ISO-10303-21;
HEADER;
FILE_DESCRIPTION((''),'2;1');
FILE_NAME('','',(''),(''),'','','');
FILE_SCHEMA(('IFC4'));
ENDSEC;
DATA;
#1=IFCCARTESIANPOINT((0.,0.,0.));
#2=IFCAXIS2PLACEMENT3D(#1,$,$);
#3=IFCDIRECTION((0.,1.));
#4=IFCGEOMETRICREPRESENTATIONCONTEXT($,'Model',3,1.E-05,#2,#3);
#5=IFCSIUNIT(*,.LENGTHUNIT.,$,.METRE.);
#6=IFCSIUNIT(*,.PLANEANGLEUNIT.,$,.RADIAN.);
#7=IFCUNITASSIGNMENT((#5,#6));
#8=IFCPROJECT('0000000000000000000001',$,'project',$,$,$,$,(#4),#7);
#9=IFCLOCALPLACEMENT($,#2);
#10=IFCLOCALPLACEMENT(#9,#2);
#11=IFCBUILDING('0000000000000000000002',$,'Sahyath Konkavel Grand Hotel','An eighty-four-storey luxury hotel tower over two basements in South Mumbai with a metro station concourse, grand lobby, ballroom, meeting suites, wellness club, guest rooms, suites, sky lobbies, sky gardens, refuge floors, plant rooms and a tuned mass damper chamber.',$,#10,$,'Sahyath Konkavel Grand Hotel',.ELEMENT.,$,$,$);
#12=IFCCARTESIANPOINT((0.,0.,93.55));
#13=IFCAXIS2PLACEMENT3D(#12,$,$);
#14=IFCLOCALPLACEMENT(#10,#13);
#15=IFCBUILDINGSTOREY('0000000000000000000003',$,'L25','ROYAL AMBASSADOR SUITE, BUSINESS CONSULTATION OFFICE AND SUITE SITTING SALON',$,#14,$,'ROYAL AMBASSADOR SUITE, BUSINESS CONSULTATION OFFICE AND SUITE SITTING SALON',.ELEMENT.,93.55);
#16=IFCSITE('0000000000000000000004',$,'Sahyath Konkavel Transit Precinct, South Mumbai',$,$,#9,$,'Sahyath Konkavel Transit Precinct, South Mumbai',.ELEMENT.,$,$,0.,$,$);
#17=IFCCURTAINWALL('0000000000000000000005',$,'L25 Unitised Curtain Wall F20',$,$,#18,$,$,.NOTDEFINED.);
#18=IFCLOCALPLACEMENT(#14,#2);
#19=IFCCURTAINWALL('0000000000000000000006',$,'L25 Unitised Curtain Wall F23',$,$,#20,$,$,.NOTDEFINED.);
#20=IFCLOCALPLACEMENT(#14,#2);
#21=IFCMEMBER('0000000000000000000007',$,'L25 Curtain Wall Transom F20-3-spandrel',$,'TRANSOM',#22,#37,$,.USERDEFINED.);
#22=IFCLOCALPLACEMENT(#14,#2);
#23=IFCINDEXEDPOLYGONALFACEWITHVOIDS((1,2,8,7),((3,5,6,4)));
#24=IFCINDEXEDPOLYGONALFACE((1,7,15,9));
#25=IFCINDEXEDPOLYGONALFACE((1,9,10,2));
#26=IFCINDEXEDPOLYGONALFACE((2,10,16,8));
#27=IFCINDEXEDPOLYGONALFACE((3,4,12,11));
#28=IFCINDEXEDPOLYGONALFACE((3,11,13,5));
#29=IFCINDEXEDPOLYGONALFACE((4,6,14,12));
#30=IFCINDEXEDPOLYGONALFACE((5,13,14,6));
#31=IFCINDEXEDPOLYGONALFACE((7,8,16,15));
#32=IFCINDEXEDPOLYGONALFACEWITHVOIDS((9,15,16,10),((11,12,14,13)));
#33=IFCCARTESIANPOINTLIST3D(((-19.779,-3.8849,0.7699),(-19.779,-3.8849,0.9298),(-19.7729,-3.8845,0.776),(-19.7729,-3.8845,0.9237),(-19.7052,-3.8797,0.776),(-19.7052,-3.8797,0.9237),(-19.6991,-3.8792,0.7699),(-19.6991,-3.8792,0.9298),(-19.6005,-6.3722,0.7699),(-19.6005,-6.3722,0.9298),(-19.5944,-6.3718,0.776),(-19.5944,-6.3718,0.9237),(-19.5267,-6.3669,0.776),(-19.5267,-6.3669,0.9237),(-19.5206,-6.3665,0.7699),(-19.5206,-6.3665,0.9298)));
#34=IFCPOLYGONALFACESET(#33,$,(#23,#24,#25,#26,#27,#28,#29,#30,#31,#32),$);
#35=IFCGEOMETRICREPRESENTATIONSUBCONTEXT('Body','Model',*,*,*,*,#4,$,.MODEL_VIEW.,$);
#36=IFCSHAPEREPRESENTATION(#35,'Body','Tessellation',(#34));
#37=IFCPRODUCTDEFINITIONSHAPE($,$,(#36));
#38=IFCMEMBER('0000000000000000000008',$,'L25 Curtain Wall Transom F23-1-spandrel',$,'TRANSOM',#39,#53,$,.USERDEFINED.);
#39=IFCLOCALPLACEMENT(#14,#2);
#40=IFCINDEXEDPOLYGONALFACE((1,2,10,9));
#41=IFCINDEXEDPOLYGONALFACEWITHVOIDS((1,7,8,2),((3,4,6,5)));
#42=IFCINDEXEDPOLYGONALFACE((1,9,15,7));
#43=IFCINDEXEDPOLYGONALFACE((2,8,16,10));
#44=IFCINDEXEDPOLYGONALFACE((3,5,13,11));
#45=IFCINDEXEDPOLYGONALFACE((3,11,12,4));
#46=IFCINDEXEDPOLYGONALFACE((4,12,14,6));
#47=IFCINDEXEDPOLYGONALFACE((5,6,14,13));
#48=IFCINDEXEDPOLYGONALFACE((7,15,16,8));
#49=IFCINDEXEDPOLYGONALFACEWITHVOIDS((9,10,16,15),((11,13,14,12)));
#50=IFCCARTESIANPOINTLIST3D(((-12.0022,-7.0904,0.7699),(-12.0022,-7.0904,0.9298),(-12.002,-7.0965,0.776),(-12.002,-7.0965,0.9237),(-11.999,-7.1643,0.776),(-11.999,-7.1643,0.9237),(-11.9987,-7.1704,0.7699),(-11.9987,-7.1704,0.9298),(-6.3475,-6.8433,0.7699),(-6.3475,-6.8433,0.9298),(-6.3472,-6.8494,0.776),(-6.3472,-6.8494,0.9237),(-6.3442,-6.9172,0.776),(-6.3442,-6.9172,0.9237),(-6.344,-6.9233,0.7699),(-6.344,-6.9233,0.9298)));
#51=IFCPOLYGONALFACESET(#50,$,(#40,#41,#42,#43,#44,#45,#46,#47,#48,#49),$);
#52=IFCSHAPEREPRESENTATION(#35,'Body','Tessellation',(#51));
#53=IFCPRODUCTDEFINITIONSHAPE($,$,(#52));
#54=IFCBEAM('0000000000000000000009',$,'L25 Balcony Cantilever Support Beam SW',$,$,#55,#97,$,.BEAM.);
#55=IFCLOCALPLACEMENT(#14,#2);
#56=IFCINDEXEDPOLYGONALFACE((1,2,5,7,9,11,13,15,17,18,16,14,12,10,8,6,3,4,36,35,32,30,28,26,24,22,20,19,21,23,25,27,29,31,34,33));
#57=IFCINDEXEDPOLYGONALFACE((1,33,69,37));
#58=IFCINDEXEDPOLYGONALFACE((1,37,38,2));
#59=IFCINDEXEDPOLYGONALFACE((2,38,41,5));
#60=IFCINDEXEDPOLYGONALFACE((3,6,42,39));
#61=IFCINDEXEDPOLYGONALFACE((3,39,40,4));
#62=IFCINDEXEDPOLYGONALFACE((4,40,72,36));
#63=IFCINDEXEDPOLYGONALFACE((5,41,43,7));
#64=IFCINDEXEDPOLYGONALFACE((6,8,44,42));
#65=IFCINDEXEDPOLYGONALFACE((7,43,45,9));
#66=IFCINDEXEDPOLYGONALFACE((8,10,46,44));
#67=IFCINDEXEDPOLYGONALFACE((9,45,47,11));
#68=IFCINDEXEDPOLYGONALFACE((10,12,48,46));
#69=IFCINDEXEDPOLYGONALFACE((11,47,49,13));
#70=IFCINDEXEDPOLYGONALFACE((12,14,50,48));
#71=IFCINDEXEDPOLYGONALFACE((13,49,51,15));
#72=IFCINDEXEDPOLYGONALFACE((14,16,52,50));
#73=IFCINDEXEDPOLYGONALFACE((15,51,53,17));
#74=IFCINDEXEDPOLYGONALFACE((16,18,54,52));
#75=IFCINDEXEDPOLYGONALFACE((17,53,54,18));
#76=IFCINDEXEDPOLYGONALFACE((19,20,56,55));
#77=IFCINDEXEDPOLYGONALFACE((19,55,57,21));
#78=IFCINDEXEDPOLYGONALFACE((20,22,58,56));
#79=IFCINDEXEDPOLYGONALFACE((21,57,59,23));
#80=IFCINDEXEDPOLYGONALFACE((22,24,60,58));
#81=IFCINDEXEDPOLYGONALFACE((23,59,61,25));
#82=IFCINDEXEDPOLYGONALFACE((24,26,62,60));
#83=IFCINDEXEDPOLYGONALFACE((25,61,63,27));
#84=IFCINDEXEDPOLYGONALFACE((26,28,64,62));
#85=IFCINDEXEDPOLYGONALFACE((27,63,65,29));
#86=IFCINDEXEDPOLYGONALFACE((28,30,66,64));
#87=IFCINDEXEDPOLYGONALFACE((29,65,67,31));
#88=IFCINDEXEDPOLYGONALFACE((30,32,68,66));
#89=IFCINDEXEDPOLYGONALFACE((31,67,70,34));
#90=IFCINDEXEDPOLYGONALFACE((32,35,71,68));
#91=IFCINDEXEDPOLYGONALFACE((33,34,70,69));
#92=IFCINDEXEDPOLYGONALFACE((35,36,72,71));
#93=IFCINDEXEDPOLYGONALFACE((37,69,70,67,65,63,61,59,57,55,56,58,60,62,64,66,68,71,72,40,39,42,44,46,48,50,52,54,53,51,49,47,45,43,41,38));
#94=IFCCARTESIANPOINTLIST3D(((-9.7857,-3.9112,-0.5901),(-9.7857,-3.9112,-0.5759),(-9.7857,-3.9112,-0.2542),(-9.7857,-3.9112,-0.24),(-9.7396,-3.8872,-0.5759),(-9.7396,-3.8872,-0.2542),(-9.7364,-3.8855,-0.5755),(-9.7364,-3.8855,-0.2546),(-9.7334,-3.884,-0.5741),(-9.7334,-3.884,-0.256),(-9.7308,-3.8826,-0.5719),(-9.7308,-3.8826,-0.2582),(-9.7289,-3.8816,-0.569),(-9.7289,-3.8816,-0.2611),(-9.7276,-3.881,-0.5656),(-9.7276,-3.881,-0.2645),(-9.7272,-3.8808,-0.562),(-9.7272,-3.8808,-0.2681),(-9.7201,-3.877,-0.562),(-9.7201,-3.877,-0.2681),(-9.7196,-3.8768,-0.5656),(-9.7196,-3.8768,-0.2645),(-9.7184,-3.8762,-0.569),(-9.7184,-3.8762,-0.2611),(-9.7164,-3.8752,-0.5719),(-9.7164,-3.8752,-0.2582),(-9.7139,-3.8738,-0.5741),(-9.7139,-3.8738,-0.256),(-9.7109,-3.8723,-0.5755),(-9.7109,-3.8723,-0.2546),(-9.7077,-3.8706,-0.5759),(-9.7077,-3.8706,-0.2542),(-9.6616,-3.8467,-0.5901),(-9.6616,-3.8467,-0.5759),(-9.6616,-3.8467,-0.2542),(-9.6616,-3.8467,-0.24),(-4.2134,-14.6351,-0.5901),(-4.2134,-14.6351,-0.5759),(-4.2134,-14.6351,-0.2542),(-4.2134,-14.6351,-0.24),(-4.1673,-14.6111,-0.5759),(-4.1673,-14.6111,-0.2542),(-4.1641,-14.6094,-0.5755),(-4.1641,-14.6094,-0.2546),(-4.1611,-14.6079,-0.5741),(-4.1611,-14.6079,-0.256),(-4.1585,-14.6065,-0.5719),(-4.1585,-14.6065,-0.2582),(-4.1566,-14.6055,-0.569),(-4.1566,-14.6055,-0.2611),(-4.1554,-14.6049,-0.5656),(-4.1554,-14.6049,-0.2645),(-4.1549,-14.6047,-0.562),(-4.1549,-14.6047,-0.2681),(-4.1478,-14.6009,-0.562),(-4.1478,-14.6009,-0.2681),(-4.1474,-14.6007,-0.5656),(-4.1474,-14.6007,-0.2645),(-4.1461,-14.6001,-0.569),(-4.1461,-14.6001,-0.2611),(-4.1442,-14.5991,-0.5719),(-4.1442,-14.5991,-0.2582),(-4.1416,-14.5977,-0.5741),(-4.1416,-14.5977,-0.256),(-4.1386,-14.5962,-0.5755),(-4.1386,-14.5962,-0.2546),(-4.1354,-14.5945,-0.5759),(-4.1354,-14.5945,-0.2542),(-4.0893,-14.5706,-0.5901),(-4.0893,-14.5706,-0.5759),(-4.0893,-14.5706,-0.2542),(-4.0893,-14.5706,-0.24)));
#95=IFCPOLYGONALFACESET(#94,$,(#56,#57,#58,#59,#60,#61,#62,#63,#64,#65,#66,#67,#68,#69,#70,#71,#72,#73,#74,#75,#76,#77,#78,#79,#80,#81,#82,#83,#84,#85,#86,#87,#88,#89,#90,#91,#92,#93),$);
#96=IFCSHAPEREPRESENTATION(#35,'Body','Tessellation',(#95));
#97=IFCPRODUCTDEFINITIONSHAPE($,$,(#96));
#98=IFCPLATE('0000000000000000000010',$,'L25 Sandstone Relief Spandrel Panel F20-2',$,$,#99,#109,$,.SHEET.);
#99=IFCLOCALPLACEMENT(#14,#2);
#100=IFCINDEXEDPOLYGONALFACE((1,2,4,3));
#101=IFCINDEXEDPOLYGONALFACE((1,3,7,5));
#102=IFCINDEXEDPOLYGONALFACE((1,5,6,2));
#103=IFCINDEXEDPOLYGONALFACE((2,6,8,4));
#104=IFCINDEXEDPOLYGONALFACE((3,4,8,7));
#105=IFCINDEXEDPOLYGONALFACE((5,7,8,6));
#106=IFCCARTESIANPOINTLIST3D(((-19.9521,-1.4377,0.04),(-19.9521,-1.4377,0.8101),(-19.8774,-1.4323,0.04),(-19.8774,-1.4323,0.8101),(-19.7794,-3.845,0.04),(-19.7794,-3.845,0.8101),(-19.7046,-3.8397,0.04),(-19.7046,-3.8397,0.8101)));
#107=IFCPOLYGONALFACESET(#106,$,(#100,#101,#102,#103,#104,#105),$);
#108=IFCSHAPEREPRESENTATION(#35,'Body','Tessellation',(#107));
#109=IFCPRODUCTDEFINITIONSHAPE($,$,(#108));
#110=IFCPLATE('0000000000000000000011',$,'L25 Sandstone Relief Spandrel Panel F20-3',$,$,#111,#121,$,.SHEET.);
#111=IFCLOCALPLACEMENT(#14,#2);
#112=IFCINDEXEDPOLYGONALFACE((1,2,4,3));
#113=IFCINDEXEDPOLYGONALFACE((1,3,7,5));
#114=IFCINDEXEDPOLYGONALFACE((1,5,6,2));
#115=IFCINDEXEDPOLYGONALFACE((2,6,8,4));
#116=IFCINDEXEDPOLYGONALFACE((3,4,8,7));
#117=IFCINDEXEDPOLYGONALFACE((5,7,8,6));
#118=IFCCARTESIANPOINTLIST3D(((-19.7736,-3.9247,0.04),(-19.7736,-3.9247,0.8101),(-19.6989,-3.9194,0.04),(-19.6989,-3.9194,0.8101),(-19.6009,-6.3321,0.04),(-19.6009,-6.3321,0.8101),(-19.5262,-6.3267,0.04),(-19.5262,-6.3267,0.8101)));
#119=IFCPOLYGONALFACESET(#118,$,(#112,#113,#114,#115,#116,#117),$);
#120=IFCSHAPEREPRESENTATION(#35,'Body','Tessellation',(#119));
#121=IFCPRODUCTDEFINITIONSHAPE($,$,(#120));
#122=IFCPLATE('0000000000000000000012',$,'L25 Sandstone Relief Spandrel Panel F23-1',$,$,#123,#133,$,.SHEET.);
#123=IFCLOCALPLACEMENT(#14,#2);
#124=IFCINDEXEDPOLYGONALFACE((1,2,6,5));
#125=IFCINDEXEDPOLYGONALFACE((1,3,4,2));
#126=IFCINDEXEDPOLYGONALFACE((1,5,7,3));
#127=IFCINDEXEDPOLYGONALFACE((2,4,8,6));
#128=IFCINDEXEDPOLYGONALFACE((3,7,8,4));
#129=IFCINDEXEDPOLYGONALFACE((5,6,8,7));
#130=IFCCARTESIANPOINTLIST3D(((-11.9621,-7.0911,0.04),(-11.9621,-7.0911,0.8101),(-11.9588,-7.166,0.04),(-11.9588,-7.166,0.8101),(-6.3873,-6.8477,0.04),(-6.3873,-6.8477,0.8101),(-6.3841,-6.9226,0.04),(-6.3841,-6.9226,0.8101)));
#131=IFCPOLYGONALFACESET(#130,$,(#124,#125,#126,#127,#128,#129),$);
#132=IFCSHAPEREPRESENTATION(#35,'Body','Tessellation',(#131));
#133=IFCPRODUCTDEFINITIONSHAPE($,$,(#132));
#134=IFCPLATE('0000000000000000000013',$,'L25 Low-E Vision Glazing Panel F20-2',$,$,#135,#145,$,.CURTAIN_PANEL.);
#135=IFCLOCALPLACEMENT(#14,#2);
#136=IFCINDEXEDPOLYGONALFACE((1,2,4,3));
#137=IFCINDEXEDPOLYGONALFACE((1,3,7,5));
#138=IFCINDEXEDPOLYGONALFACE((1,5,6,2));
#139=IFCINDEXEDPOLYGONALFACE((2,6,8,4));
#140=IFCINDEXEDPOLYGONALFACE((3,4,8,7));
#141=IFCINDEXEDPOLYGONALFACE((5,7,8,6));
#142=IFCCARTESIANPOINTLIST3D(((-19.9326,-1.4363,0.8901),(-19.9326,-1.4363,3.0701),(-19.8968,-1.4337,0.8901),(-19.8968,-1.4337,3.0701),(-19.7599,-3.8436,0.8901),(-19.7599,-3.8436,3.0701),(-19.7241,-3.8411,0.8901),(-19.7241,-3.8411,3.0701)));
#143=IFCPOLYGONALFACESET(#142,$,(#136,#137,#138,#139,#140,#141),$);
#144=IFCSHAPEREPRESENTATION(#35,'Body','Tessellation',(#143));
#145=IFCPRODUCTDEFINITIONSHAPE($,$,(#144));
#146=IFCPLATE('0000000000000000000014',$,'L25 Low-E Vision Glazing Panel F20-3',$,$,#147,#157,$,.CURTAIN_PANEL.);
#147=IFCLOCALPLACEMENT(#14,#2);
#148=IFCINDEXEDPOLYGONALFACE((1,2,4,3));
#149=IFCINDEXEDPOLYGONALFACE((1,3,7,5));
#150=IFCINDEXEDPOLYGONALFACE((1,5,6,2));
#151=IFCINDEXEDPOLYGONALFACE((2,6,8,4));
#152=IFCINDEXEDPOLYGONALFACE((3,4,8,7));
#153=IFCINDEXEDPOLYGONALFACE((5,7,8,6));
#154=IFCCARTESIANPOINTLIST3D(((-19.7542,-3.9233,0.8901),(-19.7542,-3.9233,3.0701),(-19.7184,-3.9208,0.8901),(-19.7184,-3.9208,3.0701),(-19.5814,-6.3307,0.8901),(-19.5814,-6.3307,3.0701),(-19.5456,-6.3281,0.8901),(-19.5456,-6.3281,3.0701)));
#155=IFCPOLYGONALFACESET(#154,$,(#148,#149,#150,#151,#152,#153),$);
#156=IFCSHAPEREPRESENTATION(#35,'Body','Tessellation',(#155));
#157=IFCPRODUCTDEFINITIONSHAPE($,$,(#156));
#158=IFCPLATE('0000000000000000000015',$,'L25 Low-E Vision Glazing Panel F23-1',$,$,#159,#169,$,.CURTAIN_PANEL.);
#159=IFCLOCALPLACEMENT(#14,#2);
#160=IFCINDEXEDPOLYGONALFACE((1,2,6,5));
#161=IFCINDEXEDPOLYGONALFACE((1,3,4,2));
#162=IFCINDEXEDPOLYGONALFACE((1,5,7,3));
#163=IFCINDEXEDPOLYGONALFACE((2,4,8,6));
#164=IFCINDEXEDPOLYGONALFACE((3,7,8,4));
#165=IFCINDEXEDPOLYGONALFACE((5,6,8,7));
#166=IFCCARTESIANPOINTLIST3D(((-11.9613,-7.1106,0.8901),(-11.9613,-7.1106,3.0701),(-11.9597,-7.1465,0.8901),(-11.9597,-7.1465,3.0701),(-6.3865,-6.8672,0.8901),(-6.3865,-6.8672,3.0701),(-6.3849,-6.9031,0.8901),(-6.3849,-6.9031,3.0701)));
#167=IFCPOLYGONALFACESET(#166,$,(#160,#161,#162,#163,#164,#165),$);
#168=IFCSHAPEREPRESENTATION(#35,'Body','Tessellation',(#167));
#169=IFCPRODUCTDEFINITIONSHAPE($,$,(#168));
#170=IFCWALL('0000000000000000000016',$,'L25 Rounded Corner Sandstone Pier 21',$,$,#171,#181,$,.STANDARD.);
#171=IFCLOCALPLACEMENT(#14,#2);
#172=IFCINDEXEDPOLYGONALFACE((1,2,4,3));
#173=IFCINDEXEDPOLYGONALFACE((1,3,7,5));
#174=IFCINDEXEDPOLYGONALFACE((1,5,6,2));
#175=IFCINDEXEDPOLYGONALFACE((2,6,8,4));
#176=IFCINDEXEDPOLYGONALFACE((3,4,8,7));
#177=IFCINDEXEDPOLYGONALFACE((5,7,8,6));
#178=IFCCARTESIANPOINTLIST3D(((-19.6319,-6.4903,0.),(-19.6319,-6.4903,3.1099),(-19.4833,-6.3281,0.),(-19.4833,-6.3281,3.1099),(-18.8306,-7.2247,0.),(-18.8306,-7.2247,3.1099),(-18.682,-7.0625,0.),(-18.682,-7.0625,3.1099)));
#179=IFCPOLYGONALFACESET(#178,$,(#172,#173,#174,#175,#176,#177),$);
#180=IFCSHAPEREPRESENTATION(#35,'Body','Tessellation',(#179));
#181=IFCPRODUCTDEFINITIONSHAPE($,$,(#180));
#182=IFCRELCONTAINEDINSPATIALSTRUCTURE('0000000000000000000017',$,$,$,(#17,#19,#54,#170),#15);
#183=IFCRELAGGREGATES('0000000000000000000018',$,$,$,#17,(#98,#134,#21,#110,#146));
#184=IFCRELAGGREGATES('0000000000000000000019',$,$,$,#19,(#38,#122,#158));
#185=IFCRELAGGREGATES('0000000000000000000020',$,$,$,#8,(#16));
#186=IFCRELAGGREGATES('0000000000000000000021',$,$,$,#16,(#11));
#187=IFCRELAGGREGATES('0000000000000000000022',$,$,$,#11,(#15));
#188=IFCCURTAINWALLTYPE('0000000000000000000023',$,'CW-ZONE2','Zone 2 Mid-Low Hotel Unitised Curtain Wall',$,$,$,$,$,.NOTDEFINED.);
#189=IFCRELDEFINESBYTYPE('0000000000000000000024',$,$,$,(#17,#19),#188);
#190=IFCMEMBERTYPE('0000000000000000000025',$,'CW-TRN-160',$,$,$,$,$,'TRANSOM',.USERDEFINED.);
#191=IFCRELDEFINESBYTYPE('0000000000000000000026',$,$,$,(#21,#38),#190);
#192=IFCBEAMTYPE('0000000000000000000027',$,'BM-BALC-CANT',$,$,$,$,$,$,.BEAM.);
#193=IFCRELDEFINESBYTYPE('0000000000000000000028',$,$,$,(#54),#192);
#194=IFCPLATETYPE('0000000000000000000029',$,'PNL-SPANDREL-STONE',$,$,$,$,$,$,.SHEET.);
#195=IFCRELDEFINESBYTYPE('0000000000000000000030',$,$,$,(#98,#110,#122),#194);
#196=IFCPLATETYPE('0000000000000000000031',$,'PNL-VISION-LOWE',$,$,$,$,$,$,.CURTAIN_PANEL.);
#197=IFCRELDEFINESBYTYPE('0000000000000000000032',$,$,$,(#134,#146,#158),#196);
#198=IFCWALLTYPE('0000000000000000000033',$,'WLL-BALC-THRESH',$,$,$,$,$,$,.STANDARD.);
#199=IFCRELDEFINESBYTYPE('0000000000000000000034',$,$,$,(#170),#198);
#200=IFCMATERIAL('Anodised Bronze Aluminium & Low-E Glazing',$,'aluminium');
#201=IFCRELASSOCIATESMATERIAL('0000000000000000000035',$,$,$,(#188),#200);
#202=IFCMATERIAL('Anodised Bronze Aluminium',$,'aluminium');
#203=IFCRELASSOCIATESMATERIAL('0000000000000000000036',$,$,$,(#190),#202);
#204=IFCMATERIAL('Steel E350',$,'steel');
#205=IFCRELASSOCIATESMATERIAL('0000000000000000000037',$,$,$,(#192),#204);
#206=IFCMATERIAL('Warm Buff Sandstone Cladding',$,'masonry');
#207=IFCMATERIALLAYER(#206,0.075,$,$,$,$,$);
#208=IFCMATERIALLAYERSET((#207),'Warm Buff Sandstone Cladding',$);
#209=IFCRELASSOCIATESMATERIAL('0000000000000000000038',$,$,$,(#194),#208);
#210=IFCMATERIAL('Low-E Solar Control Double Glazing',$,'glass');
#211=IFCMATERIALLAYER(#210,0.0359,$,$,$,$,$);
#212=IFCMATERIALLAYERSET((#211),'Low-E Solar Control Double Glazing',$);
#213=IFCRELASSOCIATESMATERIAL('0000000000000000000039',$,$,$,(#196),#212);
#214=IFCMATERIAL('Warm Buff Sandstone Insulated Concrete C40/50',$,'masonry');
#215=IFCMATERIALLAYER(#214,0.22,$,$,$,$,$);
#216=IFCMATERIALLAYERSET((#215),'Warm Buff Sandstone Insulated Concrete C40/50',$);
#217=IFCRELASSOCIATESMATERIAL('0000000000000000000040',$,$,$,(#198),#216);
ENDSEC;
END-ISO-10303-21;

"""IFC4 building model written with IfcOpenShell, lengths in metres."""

from ifc_helpers import new_model, si_unit, direction, frame, frame_2d, origin, origin_2d, place, context, subcontext, project, spatial, rectangle, hollow_rectangle, i_section, extrude, source, transform, mapped, material, layer, layer_set, material_profile, profile_set, type_object, element, aggregate, save


model = new_model("IFC4")

# Units and contexts
model_context = context("Model", 3, precision=1e-05, world=origin(), true_north=direction((0.0, 1.0)))
body_context = subcontext(model_context, "Body", "Model", "MODEL_VIEW")
ifc_project = project(units=[si_unit("LENGTHUNIT", "METRE"), si_unit("PLANEANGLEUNIT", "RADIAN")], contexts=[model_context])

# Site, building, storey
site_placement = place(None, origin())
site = spatial("IfcSite", under=ifc_project, at=site_placement, Name="Sahyath Konkavel Transit Precinct, South Mumbai", LongName="Sahyath Konkavel Transit Precinct, South Mumbai", CompositionType="ELEMENT", RefElevation=0.0)
building_placement = place(site_placement, origin())
building = spatial("IfcBuilding", under=site, at=building_placement, Name="Sahyath Konkavel Grand Hotel", Description="An eighty-four-storey luxury hotel tower over two basements in South Mumbai with a metro station concourse, grand lobby, ballroom, meeting suites, wellness club, guest rooms, suites, sky lobbies, sky gardens, refuge floors, plant rooms and a tuned mass damper chamber.", LongName="Sahyath Konkavel Grand Hotel", CompositionType="ELEMENT")
storey_placement = place(building_placement, frame((0.0, 0.0, 93.55)))
storey = spatial("IfcBuildingStorey", under=building, at=storey_placement, Name="L25", Description="ROYAL AMBASSADOR SUITE, BUSINESS CONSULTATION OFFICE AND SUITE SITTING SALON", LongName="ROYAL AMBASSADOR SUITE, BUSINESS CONSULTATION OFFICE AND SUITE SITTING SALON", CompositionType="ELEMENT", Elevation=93.55)

# Shared definitions
ifc_material_1 = material(Name="Steel E350", Category="steel")

# Curtain wall
ifc_material_2 = material(Name="Anodised Bronze Aluminium & Low-E Glazing", Category="aluminium")
curtain_wall_type = type_object("IfcCurtainWallType", Name="CW-ZONE2", Description="Zone 2 Mid-Low Hotel Unitised Curtain Wall", PredefinedType="NOTDEFINED", material=ifc_material_2)
curtain_wall_1_placement = place(storey_placement, origin())
curtain_wall_1 = element("IfcCurtainWall", 1, at=curtain_wall_1_placement, inside=storey, type_object=curtain_wall_type, Name="L25 Unitised Curtain Wall F20", PredefinedType="NOTDEFINED")
ifc_material_3 = material(Name="Anodised Bronze Aluminium", Category="aluminium")

# Curtain wall
curtain_wall_2_placement = place(storey_placement, origin())
curtain_wall_2 = element("IfcCurtainWall", 2, at=curtain_wall_2_placement, inside=storey, type_object=curtain_wall_type, Name="L25 Unitised Curtain Wall F23", PredefinedType="NOTDEFINED")

# Members
ifc_material_profile_1 = material_profile(ifc_material_3, hollow_rectangle(XDim=0.0801, YDim=0.1599, WallThickness=0.0061, at=origin_2d()), Name="RHS 160x80x6")
ifc_profile_set_1 = profile_set([ifc_material_profile_1], Name="Anodised Bronze Aluminium")
member_type_1 = type_object("IfcMemberType", Name="CW-TRN-160", ElementType="TRANSOM", PredefinedType="USERDEFINED", material=ifc_profile_set_1)
shared_shape_1 = source(origin(), body_context, "Body", "SweptSolid", [
    extrude(hollow_rectangle(XDim=0.0801, YDim=0.1599, WallThickness=0.0061, at=origin_2d()), origin(), (0.0, 0.0, 1.0), 2.4937),
])
member_1_placement = place(storey_placement, frame((-19.739, -3.8821, 0.8499), z_axis=(0.071567, -0.997436, 0.0), x_axis=(0.997436, 0.071567, 0.0)))
member_1 = element("IfcMember", 3, at=member_1_placement, type_object=member_type_1, Name="L25 Curtain Wall Transom F20-3-spandrel", ObjectType="TRANSOM", PredefinedType="USERDEFINED", context=body_context, shape_type="MappedRepresentation", body=[
    mapped(shared_shape_1, transform((0.0, 0.0, 0.0), scale=1.0)),
])
shared_shape_2 = source(origin(), body_context, "Body", "SweptSolid", [
    extrude(hollow_rectangle(XDim=0.0801, YDim=0.1599, WallThickness=0.0061, at=origin_2d()), origin(), (0.0, 0.0, 1.0), 5.6602),
])
member_2_placement = place(storey_placement, frame((-12.0005, -7.1304, 0.8499), z_axis=(0.999047, 0.043651, 0.0), x_axis=(-0.043651, 0.999047, 0.0)))
member_2 = element("IfcMember", 4, at=member_2_placement, type_object=member_type_1, Name="L25 Curtain Wall Transom F23-1-spandrel", ObjectType="TRANSOM", PredefinedType="USERDEFINED", context=body_context, shape_type="MappedRepresentation", body=[
    mapped(shared_shape_2, transform((0.0, 0.0, 0.0), scale=1.0)),
])

# Beam
ifc_material_profile_2 = material_profile(ifc_material_1, i_section(OverallWidth=0.1399, OverallDepth=0.3501, WebThickness=0.0081, FlangeThickness=0.0142, FilletRadius=0.0139, at=origin_2d()), Name="ISMB 350")
ifc_profile_set_2 = profile_set([ifc_material_profile_2], Name="Steel E350")
beam_type_1 = type_object("IfcBeamType", Name="BM-BALC-CANT", PredefinedType="BEAM", material=ifc_profile_set_2)
shared_shape_3 = source(origin(), body_context, "Body", "SweptSolid", [
    extrude(i_section(OverallWidth=0.1399, OverallDepth=0.3501, WebThickness=0.0081, FlangeThickness=0.0142, FilletRadius=0.0139, at=origin_2d()), origin(), (0.0, 0.0, 1.0), 12.0852),
])
beam_1_placement = place(storey_placement, frame((-9.7236, -3.8789, -0.415), z_axis=(0.461082, -0.887357, 0.0), x_axis=(0.887357, 0.461082, 0.0)))
element("IfcBeam", 5, at=beam_1_placement, inside=storey, type_object=beam_type_1, Name="L25 Balcony Cantilever Support Beam SW", PredefinedType="BEAM", context=body_context, shape_type="MappedRepresentation", body=[
    mapped(shared_shape_3, transform((0.0, 0.0, 0.0), scale=1.0)),
])

# Plates
ifc_material_4 = material(Name="Warm Buff Sandstone Cladding", Category="masonry")
ifc_layer_1 = layer(ifc_material_4, 0.075)
ifc_layer_set_1 = layer_set([ifc_layer_1], Name="Warm Buff Sandstone Cladding")
plate_type_1 = type_object("IfcPlateType", Name="PNL-SPANDREL-STONE", PredefinedType="SHEET", material=ifc_layer_set_1)
shared_shape_4 = source(origin(), body_context, "Body", "SweptSolid", [
    extrude(rectangle(XDim=2.4136, YDim=0.075, at=origin_2d()), origin(), (0.0, 0.0, 1.0), 0.77),
])
plate_1_placement = place(storey_placement, frame((-19.8284, -2.6387, 0.04), z_axis=(0.0, 0.0, 1.0), x_axis=(0.071567, -0.997436, 0.0)))
plate_1 = element("IfcPlate", 6, at=plate_1_placement, type_object=plate_type_1, Name="L25 Sandstone Relief Spandrel Panel F20-2", PredefinedType="SHEET", context=body_context, shape_type="MappedRepresentation", body=[
    mapped(shared_shape_4, transform((0.0, 0.0, 0.0), scale=1.0)),
])
plate_2_placement = place(storey_placement, frame((-19.6499, -5.1257, 0.04), z_axis=(0.0, 0.0, 1.0), x_axis=(0.071567, -0.997436, 0.0)))
plate_2 = element("IfcPlate", 7, at=plate_2_placement, type_object=plate_type_1, Name="L25 Sandstone Relief Spandrel Panel F20-3", PredefinedType="SHEET", context=body_context, shape_type="MappedRepresentation", body=[
    mapped(shared_shape_4, transform((0.0, 0.0, 0.0), scale=1.0)),
])
shared_shape_5 = source(origin(), body_context, "Body", "SweptSolid", [
    extrude(rectangle(XDim=5.5801, YDim=0.075, at=origin_2d()), origin(), (0.0, 0.0, 1.0), 0.77),
])
plate_3_placement = place(storey_placement, frame((-9.1731, -7.0068, 0.04), z_axis=(0.0, 0.0, 1.0), x_axis=(0.999048, 0.043619, 0.0)))
plate_3 = element("IfcPlate", 8, at=plate_3_placement, type_object=plate_type_1, Name="L25 Sandstone Relief Spandrel Panel F23-1", PredefinedType="SHEET", context=body_context, shape_type="MappedRepresentation", body=[
    mapped(shared_shape_5, transform((0.0, 0.0, 0.0), scale=1.0)),
])
ifc_material_5 = material(Name="Low-E Solar Control Double Glazing", Category="glass")
ifc_layer_2 = layer(ifc_material_5, 0.0359)
ifc_layer_set_2 = layer_set([ifc_layer_2], Name="Low-E Solar Control Double Glazing")
plate_type_2 = type_object("IfcPlateType", Name="PNL-VISION-LOWE", PredefinedType="CURTAIN_PANEL", material=ifc_layer_set_2)
shared_shape_6 = source(origin(), body_context, "Body", "SweptSolid", [
    extrude(rectangle(XDim=2.4136, YDim=0.0359, at=origin_2d()), origin(), (0.0, 0.0, 1.0), 2.1799),
])
plate_4_placement = place(storey_placement, frame((-19.8284, -2.6387, 0.8901), z_axis=(0.0, 0.0, 1.0), x_axis=(0.071567, -0.997436, 0.0)))
plate_4 = element("IfcPlate", 9, at=plate_4_placement, type_object=plate_type_2, Name="L25 Low-E Vision Glazing Panel F20-2", PredefinedType="CURTAIN_PANEL", context=body_context, shape_type="MappedRepresentation", body=[
    mapped(shared_shape_6, transform((0.0, 0.0, 0.0), scale=1.0)),
])
plate_5_placement = place(storey_placement, frame((-19.6499, -5.1257, 0.8901), z_axis=(0.0, 0.0, 1.0), x_axis=(0.071567, -0.997436, 0.0)))
plate_5 = element("IfcPlate", 10, at=plate_5_placement, type_object=plate_type_2, Name="L25 Low-E Vision Glazing Panel F20-3", PredefinedType="CURTAIN_PANEL", context=body_context, shape_type="MappedRepresentation", body=[
    mapped(shared_shape_6, transform((0.0, 0.0, 0.0), scale=1.0)),
])
aggregate(curtain_wall_1, [plate_1, plate_4, member_1, plate_2, plate_5])
shared_shape_7 = source(origin(), body_context, "Body", "SweptSolid", [
    extrude(rectangle(XDim=5.5801, YDim=0.0359, at=origin_2d()), origin(), (0.0, 0.0, 1.0), 2.1799),
])
plate_6_placement = place(storey_placement, frame((-9.1731, -7.0068, 0.8901), z_axis=(0.0, 0.0, 1.0), x_axis=(0.999048, 0.043619, 0.0)))
plate_6 = element("IfcPlate", 11, at=plate_6_placement, type_object=plate_type_2, Name="L25 Low-E Vision Glazing Panel F23-1", PredefinedType="CURTAIN_PANEL", context=body_context, shape_type="MappedRepresentation", body=[
    mapped(shared_shape_7, transform((0.0, 0.0, 0.0), scale=1.0)),
])
aggregate(curtain_wall_2, [member_2, plate_3, plate_6])

# Wall
ifc_material_6 = material(Name="Warm Buff Sandstone Insulated Concrete C40/50", Category="masonry")
ifc_layer_3 = layer(ifc_material_6, 0.22)
ifc_layer_set_3 = layer_set([ifc_layer_3], Name="Warm Buff Sandstone Insulated Concrete C40/50")
wall_type_1 = type_object("IfcWallType", Name="WLL-BALC-THRESH", PredefinedType="STANDARD", material=ifc_layer_set_3)
wall_1_placement = place(storey_placement, frame((-19.5576, -6.4092, 0.0), z_axis=(0.0, 0.0, 1.0), x_axis=(0.73721, -0.675664, 0.0)))
element("IfcWall", 12, at=wall_1_placement, inside=storey, type_object=wall_type_1, Name="L25 Rounded Corner Sandstone Pier 21", PredefinedType="STANDARD", context=body_context, shape_type="SweptSolid", body=[
    extrude(rectangle(XDim=1.0869, YDim=0.22, at=frame_2d((0.5435, 0.0))), origin(), (0.0, 0.0, 1.0), 3.1099),
])

save(model, "model.ifc")
